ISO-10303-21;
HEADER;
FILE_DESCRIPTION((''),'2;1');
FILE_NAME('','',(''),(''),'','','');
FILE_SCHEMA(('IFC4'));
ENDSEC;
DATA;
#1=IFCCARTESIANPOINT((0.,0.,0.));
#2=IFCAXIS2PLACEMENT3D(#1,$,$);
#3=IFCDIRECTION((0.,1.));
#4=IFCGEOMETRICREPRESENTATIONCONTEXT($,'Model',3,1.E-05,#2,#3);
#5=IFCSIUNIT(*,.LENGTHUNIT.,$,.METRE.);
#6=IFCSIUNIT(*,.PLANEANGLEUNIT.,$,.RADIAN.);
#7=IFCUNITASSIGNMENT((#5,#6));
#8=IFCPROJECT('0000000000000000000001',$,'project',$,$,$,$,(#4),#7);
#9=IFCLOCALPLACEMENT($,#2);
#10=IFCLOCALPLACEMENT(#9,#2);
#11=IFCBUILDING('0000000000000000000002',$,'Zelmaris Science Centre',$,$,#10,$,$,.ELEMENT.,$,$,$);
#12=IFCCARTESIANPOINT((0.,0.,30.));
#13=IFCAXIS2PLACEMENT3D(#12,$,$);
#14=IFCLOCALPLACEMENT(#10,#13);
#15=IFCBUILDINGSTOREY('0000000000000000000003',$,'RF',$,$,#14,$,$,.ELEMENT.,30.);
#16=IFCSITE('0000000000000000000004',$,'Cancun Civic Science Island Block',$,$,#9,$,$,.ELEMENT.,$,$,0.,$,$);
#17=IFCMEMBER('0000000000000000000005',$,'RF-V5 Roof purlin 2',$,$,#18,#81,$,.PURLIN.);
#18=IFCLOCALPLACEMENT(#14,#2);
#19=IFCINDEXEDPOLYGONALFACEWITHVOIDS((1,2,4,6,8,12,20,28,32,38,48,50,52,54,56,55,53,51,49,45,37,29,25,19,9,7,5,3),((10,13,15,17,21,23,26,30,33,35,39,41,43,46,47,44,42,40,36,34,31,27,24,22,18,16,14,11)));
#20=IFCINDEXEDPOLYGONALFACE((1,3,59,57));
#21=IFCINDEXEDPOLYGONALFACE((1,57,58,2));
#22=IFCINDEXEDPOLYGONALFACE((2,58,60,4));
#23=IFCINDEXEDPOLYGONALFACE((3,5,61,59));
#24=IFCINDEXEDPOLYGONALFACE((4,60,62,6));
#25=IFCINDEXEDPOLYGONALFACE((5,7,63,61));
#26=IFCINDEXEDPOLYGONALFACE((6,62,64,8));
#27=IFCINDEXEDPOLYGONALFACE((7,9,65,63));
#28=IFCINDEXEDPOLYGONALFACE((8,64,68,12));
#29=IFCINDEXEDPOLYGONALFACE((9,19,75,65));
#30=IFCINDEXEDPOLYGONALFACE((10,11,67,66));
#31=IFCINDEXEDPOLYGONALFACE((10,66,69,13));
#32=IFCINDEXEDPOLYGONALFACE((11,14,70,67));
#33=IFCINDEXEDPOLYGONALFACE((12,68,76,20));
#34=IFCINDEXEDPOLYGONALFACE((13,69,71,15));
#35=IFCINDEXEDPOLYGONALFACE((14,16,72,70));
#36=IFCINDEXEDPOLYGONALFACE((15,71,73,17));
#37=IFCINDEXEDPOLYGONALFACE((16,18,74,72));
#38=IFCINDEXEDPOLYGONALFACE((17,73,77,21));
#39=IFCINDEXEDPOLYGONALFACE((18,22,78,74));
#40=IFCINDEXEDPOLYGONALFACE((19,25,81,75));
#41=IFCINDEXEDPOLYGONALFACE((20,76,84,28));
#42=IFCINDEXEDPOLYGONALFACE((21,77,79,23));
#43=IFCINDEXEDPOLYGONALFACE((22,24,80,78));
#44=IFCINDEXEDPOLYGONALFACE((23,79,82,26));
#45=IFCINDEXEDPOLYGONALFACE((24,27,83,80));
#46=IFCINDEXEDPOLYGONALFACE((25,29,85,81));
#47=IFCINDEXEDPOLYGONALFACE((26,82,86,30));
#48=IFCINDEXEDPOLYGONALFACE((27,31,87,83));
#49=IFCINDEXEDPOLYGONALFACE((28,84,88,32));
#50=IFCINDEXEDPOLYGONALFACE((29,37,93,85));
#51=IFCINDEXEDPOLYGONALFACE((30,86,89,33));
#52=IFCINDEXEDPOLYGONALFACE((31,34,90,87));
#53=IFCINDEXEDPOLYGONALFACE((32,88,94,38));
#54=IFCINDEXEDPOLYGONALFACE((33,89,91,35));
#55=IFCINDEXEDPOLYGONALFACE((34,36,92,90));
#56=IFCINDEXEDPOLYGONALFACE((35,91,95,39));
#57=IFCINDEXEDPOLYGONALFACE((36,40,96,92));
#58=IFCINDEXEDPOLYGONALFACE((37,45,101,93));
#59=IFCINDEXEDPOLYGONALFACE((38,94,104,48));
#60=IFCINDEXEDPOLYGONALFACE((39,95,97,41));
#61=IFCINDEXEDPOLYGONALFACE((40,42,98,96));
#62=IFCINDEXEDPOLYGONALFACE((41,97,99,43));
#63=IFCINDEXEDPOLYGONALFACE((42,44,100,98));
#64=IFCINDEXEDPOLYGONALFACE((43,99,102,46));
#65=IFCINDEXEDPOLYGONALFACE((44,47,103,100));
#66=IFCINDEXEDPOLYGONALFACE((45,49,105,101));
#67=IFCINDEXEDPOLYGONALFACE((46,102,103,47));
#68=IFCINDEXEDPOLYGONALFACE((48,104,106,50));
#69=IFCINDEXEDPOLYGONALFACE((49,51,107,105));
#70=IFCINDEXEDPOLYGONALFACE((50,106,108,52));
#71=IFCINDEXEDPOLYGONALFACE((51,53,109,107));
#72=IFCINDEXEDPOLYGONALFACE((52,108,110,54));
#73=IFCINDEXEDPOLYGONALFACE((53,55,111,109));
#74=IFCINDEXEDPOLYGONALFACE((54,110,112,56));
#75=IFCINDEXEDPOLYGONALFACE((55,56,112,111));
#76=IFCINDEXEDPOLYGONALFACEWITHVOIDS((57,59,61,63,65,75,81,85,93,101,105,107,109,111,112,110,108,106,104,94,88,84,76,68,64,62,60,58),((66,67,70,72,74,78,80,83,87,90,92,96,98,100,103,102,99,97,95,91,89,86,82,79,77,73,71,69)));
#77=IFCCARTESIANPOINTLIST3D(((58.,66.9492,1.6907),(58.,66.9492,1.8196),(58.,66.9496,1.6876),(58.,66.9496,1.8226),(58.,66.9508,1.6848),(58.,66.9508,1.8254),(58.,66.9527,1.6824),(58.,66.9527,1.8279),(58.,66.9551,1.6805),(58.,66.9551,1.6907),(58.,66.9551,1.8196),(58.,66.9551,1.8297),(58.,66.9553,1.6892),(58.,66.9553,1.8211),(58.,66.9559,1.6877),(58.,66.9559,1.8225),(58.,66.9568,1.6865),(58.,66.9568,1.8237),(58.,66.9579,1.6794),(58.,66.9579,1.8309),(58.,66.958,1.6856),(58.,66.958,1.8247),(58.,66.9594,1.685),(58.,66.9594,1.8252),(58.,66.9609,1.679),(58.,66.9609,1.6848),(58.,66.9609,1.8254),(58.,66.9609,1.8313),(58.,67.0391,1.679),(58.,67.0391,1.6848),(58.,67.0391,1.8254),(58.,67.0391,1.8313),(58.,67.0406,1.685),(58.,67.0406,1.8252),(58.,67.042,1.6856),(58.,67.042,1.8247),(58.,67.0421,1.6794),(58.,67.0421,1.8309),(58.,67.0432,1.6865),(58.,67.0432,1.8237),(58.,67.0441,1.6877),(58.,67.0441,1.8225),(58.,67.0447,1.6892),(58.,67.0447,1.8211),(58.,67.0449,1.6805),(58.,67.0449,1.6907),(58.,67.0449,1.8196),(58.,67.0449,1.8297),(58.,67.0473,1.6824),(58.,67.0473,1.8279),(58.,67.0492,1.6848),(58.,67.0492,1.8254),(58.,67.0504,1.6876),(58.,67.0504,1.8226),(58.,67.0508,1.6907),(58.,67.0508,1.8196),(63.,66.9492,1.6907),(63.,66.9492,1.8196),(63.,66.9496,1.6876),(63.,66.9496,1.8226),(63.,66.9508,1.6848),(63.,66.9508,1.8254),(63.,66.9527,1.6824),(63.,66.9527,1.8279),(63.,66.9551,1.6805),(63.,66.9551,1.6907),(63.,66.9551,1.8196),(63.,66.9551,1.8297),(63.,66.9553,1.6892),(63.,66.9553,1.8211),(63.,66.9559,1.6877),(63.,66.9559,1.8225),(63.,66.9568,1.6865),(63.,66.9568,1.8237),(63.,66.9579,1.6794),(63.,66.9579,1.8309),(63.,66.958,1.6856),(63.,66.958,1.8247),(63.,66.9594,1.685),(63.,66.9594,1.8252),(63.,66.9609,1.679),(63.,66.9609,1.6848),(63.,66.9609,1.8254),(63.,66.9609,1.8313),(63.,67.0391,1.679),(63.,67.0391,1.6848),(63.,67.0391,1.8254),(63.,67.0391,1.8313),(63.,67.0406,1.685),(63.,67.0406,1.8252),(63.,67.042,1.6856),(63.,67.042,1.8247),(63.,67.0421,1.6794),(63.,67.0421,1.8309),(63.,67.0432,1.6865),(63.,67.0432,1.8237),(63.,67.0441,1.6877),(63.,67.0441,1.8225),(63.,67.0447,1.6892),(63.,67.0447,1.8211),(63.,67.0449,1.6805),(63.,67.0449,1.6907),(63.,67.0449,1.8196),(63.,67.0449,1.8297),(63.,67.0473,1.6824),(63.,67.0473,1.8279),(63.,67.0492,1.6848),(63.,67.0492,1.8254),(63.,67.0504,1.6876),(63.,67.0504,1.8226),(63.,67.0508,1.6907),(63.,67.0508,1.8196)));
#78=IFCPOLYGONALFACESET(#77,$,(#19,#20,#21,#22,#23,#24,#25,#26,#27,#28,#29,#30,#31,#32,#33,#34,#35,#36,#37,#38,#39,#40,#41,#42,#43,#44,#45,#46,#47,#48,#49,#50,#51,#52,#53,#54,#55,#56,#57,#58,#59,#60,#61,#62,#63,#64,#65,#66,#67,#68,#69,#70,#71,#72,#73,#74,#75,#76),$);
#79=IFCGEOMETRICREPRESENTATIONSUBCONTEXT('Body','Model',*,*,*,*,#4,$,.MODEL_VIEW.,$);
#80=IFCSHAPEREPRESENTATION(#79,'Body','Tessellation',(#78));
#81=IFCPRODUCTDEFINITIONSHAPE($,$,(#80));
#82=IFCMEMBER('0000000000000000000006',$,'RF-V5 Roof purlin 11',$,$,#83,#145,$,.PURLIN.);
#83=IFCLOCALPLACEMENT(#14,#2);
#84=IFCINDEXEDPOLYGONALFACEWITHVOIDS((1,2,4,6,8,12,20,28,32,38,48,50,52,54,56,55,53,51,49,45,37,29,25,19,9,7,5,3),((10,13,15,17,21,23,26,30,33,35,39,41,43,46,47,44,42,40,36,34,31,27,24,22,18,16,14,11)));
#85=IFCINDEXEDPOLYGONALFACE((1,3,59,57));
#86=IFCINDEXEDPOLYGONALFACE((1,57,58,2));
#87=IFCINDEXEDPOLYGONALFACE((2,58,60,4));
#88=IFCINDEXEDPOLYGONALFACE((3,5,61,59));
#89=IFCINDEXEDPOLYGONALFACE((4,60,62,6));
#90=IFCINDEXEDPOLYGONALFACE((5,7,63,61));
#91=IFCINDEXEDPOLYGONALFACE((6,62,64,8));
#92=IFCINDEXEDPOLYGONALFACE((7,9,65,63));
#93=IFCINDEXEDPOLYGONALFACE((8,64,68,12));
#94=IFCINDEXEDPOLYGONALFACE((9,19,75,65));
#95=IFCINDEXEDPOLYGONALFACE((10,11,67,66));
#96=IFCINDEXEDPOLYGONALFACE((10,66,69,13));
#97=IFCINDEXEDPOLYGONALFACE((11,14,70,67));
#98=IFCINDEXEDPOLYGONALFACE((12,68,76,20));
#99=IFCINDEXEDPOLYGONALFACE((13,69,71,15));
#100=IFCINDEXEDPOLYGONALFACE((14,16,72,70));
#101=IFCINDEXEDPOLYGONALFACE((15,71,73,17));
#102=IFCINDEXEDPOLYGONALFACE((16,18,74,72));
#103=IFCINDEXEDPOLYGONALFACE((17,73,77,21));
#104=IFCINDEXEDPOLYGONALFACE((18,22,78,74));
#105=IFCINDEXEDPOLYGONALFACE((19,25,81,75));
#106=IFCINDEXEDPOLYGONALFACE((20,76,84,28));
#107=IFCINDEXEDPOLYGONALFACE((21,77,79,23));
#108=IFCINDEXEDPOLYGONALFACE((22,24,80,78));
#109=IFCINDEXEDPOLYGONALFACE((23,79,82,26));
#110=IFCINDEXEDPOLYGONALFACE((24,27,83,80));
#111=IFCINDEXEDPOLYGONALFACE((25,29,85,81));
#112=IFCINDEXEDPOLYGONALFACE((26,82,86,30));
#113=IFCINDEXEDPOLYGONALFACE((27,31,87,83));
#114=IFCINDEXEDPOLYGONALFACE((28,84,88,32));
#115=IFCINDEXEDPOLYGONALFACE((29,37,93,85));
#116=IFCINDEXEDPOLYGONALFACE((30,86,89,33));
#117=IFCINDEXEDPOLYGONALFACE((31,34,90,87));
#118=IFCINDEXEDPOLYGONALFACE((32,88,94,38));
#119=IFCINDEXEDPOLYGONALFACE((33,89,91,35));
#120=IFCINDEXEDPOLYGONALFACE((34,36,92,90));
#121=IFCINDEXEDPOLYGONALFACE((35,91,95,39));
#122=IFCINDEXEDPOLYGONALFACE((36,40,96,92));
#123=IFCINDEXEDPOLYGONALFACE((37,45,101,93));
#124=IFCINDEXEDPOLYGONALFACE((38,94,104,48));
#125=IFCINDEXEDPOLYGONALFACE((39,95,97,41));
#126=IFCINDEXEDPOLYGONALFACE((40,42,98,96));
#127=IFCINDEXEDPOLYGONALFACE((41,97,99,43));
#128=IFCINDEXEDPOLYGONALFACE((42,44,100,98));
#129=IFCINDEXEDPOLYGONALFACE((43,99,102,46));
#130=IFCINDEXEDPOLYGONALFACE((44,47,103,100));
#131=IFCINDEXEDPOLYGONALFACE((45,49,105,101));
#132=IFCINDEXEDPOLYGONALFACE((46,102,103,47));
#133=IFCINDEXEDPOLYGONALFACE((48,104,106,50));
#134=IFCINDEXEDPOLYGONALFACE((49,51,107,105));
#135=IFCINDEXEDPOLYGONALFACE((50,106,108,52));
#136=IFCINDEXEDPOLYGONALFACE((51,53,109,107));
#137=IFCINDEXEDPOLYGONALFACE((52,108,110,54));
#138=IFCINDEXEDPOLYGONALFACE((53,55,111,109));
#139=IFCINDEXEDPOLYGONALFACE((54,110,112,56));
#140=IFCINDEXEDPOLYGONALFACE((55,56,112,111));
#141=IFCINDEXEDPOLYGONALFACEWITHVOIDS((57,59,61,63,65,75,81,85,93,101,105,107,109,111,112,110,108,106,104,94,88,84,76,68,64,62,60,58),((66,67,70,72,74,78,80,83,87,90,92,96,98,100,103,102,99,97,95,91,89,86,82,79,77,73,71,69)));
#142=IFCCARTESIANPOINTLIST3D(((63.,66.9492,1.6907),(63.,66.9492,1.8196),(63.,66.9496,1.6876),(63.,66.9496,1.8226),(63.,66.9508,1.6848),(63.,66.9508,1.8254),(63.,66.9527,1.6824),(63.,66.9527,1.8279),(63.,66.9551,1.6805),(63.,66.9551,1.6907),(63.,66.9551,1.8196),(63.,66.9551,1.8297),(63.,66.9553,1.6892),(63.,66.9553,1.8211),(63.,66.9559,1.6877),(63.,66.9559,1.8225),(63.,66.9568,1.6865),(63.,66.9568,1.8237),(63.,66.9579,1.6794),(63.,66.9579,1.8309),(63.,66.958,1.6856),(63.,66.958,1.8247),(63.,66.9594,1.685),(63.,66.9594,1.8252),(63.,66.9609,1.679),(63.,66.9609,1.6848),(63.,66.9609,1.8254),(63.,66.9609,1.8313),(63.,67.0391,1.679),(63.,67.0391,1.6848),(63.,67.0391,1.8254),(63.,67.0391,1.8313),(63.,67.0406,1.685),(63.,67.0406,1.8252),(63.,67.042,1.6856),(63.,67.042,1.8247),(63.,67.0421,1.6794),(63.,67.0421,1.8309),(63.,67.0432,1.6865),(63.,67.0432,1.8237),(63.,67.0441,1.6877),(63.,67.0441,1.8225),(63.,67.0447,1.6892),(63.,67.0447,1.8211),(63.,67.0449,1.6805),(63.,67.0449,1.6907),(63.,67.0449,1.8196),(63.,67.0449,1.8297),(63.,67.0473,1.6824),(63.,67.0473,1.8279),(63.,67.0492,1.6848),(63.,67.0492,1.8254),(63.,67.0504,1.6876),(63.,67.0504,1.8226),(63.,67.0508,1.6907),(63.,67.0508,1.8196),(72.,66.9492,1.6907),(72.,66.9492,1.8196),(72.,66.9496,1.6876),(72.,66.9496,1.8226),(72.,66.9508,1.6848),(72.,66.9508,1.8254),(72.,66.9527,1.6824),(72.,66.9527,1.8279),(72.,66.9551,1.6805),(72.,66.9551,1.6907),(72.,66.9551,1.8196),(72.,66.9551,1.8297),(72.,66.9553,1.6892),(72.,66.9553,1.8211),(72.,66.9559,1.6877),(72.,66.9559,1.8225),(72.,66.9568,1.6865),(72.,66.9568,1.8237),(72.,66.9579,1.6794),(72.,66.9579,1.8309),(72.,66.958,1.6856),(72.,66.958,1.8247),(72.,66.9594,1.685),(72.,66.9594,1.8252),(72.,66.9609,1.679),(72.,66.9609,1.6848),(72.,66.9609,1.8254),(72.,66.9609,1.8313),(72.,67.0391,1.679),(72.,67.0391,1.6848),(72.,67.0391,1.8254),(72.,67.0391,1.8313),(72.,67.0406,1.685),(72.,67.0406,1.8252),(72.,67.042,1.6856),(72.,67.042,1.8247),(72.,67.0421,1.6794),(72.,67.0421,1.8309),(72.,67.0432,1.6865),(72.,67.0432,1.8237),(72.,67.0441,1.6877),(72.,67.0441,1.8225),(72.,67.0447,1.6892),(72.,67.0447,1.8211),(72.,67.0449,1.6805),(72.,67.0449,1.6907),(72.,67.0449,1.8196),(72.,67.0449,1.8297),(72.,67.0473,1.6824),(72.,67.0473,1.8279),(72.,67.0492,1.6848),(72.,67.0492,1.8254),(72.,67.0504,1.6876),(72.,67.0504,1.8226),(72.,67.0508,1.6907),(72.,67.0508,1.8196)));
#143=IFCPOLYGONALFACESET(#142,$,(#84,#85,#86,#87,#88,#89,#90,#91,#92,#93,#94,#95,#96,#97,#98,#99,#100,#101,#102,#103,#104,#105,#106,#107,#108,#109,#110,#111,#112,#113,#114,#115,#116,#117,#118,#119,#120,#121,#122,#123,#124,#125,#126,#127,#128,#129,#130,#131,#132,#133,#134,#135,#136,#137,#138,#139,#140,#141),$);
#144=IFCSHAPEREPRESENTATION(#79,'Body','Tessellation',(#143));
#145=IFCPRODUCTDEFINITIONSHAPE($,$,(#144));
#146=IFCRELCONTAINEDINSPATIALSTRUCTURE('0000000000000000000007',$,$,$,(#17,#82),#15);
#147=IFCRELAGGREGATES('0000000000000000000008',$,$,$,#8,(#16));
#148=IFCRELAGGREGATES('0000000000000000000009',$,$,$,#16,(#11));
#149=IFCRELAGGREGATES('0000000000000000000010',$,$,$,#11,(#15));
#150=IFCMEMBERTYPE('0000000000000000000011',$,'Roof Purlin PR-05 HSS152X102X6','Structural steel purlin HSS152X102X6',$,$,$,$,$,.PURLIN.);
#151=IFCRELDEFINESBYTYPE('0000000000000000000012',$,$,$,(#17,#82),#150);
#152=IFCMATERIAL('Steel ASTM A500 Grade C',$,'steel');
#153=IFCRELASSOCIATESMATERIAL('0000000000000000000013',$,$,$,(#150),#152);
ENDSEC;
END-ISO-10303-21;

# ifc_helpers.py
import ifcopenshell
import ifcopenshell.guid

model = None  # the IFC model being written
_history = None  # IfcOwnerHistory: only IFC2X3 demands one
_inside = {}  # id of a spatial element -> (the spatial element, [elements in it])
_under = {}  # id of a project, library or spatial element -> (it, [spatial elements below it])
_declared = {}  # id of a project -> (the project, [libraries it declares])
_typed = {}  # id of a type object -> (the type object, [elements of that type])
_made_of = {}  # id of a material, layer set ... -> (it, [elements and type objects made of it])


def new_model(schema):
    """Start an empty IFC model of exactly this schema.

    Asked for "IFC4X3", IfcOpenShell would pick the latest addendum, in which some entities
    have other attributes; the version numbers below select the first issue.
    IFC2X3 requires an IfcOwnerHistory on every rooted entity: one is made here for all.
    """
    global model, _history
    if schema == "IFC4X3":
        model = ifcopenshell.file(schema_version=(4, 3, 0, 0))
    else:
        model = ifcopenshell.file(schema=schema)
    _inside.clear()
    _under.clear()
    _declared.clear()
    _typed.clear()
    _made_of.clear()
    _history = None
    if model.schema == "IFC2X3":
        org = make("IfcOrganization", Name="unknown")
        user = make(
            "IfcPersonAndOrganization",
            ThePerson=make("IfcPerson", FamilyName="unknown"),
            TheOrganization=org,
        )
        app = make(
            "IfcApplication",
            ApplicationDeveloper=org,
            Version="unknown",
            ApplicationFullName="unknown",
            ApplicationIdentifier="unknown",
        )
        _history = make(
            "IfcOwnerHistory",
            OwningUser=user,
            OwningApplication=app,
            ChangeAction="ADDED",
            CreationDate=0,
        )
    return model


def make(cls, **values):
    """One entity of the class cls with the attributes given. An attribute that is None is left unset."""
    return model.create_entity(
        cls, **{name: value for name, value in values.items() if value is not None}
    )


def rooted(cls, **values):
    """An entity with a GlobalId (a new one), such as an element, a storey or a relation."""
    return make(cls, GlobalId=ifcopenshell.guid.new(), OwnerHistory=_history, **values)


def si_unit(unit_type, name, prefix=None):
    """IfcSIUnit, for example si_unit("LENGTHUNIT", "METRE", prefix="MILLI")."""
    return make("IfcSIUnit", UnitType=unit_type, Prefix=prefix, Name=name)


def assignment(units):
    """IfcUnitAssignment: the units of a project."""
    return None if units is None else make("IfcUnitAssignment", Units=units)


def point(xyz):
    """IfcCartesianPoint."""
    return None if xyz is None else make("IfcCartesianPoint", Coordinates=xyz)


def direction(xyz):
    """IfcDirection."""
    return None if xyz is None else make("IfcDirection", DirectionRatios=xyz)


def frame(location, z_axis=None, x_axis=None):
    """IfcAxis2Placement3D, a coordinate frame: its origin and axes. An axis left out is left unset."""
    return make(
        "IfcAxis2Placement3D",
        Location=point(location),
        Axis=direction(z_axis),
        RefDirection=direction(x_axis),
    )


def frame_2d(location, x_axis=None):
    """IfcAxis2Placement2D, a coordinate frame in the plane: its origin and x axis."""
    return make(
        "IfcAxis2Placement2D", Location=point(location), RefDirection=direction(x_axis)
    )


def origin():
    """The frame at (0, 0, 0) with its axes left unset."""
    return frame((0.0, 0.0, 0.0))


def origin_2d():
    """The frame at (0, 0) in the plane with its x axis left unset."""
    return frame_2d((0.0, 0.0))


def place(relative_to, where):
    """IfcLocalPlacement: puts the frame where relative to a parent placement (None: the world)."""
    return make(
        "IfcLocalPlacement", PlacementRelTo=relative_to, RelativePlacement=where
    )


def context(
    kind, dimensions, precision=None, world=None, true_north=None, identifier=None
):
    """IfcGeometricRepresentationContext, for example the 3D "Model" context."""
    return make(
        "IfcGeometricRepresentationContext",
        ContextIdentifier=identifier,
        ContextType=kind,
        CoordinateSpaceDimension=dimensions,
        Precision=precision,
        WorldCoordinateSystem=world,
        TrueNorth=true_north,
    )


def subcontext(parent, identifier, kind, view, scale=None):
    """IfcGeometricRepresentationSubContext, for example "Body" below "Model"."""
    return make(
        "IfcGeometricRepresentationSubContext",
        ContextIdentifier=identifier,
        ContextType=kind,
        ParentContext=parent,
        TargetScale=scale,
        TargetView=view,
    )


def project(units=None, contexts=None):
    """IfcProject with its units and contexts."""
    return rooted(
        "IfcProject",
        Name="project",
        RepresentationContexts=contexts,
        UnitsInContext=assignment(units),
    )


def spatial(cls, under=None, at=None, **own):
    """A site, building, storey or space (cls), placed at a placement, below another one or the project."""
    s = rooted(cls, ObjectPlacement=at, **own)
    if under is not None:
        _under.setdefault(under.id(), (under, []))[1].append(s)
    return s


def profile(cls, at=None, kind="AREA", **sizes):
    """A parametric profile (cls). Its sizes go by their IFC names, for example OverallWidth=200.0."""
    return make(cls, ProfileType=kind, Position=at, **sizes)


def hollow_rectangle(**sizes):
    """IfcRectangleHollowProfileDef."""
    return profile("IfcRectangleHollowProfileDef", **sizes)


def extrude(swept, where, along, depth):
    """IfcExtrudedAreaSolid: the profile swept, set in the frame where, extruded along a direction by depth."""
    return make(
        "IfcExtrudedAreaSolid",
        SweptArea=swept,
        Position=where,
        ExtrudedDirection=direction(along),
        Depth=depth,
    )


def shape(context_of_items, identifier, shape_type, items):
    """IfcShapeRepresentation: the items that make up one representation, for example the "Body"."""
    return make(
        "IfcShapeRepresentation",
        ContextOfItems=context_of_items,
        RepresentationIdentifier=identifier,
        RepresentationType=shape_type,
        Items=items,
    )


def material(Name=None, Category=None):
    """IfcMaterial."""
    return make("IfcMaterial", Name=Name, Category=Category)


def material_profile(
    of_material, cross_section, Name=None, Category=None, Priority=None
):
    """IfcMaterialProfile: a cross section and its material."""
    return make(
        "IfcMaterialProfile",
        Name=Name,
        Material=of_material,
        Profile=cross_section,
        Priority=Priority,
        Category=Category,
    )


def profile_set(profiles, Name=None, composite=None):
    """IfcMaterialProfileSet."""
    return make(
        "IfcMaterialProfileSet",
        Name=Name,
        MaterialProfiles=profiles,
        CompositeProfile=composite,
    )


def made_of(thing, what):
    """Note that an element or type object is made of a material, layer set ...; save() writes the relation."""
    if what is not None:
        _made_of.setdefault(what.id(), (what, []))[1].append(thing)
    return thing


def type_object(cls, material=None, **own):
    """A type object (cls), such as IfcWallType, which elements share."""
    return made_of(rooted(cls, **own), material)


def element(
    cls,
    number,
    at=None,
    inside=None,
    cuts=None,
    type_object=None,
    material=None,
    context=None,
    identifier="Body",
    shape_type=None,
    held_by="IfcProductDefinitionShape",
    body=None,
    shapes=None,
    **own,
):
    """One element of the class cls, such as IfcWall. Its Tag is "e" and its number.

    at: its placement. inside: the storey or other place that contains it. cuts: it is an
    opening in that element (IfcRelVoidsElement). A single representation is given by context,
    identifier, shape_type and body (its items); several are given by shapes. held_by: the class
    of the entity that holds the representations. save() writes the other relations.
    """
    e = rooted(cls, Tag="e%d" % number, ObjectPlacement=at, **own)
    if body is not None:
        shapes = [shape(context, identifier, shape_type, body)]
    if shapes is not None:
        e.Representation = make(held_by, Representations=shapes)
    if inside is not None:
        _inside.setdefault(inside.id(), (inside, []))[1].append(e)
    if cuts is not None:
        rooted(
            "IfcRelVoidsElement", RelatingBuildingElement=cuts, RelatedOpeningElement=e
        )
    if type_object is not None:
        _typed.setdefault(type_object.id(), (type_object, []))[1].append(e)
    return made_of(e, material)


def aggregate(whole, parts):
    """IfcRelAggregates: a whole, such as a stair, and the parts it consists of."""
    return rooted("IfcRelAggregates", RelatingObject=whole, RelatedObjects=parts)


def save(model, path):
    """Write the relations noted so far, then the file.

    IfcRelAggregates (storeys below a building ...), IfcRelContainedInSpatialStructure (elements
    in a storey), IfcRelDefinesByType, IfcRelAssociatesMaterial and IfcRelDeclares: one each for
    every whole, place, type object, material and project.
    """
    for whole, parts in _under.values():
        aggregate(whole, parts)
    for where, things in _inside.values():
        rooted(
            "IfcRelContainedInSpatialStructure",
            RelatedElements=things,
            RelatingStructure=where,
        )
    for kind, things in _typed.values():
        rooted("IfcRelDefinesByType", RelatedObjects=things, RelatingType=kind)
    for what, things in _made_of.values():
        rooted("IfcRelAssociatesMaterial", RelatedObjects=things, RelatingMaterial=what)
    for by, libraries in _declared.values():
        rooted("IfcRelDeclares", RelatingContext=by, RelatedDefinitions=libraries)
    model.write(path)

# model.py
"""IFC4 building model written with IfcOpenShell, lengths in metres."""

from ifc_helpers import new_model, si_unit, direction, frame, origin, origin_2d, place, context, subcontext, project, spatial, hollow_rectangle, extrude, material, material_profile, profile_set, type_object, element, save


model = new_model("IFC4")

# Units and contexts
model_context = context("Model", 3, precision=1e-05, world=origin(), true_north=direction((0.0, 1.0)))
body_context = subcontext(model_context, "Body", "Model", "MODEL_VIEW")
ifc_project = project(units=[si_unit("LENGTHUNIT", "METRE"), si_unit("PLANEANGLEUNIT", "RADIAN")], contexts=[model_context])

# Site, building, storey
site_placement = place(None, origin())
site = spatial("IfcSite", under=ifc_project, at=site_placement, Name="Cancun Civic Science Island Block", CompositionType="ELEMENT", RefElevation=0.0)
building_placement = place(site_placement, origin())
building = spatial("IfcBuilding", under=site, at=building_placement, Name="Zelmaris Science Centre", CompositionType="ELEMENT")
storey_placement = place(building_placement, frame((0.0, 0.0, 30.0)))
storey = spatial("IfcBuildingStorey", under=building, at=storey_placement, Name="RF", CompositionType="ELEMENT", Elevation=30.0)

# Shared definitions
ifc_material_1 = material(Name="Steel ASTM A500 Grade C", Category="steel")

# Members
ifc_material_profile_1 = material_profile(ifc_material_1, hollow_rectangle(XDim=0.1016, YDim=0.1523, WallThickness=0.0059, InnerFilletRadius=0.0059, OuterFilletRadius=0.0117, at=origin_2d()), Name="HSS152X102X6")
ifc_profile_set_1 = profile_set([ifc_material_profile_1], Name="Steel ASTM A500 Grade C")
member_type_1 = type_object("IfcMemberType", Name="Roof Purlin PR-05 HSS152X102X6", Description="Structural steel purlin HSS152X102X6", PredefinedType="PURLIN", material=ifc_profile_set_1)
member_1_placement = place(storey_placement, frame((58.0, 67.0, 1.7551), z_axis=(1.0, 0.0, 0.0), x_axis=(0.0, 1.0, 0.0)))
element("IfcMember", 1, at=member_1_placement, inside=storey, type_object=member_type_1, Name="RF-V5 Roof purlin 2", PredefinedType="PURLIN", context=body_context, shape_type="SweptSolid", body=[
    extrude(hollow_rectangle(XDim=0.1016, YDim=0.1523, WallThickness=0.0059, InnerFilletRadius=0.0059, OuterFilletRadius=0.0117, at=origin_2d()), origin(), (0.0, 0.0, 1.0), 5.0),
])
member_2_placement = place(storey_placement, frame((63.0, 67.0, 1.7551), z_axis=(1.0, 0.0, 0.0), x_axis=(0.0, 1.0, 0.0)))
element("IfcMember", 2, at=member_2_placement, inside=storey, type_object=member_type_1, Name="RF-V5 Roof purlin 11", PredefinedType="PURLIN", context=body_context, shape_type="SweptSolid", body=[
    extrude(hollow_rectangle(XDim=0.1016, YDim=0.1523, WallThickness=0.0059, InnerFilletRadius=0.0059, OuterFilletRadius=0.0117, at=origin_2d()), origin(), (0.0, 0.0, 1.0), 9.0),
])

save(model, "model.ifc")
